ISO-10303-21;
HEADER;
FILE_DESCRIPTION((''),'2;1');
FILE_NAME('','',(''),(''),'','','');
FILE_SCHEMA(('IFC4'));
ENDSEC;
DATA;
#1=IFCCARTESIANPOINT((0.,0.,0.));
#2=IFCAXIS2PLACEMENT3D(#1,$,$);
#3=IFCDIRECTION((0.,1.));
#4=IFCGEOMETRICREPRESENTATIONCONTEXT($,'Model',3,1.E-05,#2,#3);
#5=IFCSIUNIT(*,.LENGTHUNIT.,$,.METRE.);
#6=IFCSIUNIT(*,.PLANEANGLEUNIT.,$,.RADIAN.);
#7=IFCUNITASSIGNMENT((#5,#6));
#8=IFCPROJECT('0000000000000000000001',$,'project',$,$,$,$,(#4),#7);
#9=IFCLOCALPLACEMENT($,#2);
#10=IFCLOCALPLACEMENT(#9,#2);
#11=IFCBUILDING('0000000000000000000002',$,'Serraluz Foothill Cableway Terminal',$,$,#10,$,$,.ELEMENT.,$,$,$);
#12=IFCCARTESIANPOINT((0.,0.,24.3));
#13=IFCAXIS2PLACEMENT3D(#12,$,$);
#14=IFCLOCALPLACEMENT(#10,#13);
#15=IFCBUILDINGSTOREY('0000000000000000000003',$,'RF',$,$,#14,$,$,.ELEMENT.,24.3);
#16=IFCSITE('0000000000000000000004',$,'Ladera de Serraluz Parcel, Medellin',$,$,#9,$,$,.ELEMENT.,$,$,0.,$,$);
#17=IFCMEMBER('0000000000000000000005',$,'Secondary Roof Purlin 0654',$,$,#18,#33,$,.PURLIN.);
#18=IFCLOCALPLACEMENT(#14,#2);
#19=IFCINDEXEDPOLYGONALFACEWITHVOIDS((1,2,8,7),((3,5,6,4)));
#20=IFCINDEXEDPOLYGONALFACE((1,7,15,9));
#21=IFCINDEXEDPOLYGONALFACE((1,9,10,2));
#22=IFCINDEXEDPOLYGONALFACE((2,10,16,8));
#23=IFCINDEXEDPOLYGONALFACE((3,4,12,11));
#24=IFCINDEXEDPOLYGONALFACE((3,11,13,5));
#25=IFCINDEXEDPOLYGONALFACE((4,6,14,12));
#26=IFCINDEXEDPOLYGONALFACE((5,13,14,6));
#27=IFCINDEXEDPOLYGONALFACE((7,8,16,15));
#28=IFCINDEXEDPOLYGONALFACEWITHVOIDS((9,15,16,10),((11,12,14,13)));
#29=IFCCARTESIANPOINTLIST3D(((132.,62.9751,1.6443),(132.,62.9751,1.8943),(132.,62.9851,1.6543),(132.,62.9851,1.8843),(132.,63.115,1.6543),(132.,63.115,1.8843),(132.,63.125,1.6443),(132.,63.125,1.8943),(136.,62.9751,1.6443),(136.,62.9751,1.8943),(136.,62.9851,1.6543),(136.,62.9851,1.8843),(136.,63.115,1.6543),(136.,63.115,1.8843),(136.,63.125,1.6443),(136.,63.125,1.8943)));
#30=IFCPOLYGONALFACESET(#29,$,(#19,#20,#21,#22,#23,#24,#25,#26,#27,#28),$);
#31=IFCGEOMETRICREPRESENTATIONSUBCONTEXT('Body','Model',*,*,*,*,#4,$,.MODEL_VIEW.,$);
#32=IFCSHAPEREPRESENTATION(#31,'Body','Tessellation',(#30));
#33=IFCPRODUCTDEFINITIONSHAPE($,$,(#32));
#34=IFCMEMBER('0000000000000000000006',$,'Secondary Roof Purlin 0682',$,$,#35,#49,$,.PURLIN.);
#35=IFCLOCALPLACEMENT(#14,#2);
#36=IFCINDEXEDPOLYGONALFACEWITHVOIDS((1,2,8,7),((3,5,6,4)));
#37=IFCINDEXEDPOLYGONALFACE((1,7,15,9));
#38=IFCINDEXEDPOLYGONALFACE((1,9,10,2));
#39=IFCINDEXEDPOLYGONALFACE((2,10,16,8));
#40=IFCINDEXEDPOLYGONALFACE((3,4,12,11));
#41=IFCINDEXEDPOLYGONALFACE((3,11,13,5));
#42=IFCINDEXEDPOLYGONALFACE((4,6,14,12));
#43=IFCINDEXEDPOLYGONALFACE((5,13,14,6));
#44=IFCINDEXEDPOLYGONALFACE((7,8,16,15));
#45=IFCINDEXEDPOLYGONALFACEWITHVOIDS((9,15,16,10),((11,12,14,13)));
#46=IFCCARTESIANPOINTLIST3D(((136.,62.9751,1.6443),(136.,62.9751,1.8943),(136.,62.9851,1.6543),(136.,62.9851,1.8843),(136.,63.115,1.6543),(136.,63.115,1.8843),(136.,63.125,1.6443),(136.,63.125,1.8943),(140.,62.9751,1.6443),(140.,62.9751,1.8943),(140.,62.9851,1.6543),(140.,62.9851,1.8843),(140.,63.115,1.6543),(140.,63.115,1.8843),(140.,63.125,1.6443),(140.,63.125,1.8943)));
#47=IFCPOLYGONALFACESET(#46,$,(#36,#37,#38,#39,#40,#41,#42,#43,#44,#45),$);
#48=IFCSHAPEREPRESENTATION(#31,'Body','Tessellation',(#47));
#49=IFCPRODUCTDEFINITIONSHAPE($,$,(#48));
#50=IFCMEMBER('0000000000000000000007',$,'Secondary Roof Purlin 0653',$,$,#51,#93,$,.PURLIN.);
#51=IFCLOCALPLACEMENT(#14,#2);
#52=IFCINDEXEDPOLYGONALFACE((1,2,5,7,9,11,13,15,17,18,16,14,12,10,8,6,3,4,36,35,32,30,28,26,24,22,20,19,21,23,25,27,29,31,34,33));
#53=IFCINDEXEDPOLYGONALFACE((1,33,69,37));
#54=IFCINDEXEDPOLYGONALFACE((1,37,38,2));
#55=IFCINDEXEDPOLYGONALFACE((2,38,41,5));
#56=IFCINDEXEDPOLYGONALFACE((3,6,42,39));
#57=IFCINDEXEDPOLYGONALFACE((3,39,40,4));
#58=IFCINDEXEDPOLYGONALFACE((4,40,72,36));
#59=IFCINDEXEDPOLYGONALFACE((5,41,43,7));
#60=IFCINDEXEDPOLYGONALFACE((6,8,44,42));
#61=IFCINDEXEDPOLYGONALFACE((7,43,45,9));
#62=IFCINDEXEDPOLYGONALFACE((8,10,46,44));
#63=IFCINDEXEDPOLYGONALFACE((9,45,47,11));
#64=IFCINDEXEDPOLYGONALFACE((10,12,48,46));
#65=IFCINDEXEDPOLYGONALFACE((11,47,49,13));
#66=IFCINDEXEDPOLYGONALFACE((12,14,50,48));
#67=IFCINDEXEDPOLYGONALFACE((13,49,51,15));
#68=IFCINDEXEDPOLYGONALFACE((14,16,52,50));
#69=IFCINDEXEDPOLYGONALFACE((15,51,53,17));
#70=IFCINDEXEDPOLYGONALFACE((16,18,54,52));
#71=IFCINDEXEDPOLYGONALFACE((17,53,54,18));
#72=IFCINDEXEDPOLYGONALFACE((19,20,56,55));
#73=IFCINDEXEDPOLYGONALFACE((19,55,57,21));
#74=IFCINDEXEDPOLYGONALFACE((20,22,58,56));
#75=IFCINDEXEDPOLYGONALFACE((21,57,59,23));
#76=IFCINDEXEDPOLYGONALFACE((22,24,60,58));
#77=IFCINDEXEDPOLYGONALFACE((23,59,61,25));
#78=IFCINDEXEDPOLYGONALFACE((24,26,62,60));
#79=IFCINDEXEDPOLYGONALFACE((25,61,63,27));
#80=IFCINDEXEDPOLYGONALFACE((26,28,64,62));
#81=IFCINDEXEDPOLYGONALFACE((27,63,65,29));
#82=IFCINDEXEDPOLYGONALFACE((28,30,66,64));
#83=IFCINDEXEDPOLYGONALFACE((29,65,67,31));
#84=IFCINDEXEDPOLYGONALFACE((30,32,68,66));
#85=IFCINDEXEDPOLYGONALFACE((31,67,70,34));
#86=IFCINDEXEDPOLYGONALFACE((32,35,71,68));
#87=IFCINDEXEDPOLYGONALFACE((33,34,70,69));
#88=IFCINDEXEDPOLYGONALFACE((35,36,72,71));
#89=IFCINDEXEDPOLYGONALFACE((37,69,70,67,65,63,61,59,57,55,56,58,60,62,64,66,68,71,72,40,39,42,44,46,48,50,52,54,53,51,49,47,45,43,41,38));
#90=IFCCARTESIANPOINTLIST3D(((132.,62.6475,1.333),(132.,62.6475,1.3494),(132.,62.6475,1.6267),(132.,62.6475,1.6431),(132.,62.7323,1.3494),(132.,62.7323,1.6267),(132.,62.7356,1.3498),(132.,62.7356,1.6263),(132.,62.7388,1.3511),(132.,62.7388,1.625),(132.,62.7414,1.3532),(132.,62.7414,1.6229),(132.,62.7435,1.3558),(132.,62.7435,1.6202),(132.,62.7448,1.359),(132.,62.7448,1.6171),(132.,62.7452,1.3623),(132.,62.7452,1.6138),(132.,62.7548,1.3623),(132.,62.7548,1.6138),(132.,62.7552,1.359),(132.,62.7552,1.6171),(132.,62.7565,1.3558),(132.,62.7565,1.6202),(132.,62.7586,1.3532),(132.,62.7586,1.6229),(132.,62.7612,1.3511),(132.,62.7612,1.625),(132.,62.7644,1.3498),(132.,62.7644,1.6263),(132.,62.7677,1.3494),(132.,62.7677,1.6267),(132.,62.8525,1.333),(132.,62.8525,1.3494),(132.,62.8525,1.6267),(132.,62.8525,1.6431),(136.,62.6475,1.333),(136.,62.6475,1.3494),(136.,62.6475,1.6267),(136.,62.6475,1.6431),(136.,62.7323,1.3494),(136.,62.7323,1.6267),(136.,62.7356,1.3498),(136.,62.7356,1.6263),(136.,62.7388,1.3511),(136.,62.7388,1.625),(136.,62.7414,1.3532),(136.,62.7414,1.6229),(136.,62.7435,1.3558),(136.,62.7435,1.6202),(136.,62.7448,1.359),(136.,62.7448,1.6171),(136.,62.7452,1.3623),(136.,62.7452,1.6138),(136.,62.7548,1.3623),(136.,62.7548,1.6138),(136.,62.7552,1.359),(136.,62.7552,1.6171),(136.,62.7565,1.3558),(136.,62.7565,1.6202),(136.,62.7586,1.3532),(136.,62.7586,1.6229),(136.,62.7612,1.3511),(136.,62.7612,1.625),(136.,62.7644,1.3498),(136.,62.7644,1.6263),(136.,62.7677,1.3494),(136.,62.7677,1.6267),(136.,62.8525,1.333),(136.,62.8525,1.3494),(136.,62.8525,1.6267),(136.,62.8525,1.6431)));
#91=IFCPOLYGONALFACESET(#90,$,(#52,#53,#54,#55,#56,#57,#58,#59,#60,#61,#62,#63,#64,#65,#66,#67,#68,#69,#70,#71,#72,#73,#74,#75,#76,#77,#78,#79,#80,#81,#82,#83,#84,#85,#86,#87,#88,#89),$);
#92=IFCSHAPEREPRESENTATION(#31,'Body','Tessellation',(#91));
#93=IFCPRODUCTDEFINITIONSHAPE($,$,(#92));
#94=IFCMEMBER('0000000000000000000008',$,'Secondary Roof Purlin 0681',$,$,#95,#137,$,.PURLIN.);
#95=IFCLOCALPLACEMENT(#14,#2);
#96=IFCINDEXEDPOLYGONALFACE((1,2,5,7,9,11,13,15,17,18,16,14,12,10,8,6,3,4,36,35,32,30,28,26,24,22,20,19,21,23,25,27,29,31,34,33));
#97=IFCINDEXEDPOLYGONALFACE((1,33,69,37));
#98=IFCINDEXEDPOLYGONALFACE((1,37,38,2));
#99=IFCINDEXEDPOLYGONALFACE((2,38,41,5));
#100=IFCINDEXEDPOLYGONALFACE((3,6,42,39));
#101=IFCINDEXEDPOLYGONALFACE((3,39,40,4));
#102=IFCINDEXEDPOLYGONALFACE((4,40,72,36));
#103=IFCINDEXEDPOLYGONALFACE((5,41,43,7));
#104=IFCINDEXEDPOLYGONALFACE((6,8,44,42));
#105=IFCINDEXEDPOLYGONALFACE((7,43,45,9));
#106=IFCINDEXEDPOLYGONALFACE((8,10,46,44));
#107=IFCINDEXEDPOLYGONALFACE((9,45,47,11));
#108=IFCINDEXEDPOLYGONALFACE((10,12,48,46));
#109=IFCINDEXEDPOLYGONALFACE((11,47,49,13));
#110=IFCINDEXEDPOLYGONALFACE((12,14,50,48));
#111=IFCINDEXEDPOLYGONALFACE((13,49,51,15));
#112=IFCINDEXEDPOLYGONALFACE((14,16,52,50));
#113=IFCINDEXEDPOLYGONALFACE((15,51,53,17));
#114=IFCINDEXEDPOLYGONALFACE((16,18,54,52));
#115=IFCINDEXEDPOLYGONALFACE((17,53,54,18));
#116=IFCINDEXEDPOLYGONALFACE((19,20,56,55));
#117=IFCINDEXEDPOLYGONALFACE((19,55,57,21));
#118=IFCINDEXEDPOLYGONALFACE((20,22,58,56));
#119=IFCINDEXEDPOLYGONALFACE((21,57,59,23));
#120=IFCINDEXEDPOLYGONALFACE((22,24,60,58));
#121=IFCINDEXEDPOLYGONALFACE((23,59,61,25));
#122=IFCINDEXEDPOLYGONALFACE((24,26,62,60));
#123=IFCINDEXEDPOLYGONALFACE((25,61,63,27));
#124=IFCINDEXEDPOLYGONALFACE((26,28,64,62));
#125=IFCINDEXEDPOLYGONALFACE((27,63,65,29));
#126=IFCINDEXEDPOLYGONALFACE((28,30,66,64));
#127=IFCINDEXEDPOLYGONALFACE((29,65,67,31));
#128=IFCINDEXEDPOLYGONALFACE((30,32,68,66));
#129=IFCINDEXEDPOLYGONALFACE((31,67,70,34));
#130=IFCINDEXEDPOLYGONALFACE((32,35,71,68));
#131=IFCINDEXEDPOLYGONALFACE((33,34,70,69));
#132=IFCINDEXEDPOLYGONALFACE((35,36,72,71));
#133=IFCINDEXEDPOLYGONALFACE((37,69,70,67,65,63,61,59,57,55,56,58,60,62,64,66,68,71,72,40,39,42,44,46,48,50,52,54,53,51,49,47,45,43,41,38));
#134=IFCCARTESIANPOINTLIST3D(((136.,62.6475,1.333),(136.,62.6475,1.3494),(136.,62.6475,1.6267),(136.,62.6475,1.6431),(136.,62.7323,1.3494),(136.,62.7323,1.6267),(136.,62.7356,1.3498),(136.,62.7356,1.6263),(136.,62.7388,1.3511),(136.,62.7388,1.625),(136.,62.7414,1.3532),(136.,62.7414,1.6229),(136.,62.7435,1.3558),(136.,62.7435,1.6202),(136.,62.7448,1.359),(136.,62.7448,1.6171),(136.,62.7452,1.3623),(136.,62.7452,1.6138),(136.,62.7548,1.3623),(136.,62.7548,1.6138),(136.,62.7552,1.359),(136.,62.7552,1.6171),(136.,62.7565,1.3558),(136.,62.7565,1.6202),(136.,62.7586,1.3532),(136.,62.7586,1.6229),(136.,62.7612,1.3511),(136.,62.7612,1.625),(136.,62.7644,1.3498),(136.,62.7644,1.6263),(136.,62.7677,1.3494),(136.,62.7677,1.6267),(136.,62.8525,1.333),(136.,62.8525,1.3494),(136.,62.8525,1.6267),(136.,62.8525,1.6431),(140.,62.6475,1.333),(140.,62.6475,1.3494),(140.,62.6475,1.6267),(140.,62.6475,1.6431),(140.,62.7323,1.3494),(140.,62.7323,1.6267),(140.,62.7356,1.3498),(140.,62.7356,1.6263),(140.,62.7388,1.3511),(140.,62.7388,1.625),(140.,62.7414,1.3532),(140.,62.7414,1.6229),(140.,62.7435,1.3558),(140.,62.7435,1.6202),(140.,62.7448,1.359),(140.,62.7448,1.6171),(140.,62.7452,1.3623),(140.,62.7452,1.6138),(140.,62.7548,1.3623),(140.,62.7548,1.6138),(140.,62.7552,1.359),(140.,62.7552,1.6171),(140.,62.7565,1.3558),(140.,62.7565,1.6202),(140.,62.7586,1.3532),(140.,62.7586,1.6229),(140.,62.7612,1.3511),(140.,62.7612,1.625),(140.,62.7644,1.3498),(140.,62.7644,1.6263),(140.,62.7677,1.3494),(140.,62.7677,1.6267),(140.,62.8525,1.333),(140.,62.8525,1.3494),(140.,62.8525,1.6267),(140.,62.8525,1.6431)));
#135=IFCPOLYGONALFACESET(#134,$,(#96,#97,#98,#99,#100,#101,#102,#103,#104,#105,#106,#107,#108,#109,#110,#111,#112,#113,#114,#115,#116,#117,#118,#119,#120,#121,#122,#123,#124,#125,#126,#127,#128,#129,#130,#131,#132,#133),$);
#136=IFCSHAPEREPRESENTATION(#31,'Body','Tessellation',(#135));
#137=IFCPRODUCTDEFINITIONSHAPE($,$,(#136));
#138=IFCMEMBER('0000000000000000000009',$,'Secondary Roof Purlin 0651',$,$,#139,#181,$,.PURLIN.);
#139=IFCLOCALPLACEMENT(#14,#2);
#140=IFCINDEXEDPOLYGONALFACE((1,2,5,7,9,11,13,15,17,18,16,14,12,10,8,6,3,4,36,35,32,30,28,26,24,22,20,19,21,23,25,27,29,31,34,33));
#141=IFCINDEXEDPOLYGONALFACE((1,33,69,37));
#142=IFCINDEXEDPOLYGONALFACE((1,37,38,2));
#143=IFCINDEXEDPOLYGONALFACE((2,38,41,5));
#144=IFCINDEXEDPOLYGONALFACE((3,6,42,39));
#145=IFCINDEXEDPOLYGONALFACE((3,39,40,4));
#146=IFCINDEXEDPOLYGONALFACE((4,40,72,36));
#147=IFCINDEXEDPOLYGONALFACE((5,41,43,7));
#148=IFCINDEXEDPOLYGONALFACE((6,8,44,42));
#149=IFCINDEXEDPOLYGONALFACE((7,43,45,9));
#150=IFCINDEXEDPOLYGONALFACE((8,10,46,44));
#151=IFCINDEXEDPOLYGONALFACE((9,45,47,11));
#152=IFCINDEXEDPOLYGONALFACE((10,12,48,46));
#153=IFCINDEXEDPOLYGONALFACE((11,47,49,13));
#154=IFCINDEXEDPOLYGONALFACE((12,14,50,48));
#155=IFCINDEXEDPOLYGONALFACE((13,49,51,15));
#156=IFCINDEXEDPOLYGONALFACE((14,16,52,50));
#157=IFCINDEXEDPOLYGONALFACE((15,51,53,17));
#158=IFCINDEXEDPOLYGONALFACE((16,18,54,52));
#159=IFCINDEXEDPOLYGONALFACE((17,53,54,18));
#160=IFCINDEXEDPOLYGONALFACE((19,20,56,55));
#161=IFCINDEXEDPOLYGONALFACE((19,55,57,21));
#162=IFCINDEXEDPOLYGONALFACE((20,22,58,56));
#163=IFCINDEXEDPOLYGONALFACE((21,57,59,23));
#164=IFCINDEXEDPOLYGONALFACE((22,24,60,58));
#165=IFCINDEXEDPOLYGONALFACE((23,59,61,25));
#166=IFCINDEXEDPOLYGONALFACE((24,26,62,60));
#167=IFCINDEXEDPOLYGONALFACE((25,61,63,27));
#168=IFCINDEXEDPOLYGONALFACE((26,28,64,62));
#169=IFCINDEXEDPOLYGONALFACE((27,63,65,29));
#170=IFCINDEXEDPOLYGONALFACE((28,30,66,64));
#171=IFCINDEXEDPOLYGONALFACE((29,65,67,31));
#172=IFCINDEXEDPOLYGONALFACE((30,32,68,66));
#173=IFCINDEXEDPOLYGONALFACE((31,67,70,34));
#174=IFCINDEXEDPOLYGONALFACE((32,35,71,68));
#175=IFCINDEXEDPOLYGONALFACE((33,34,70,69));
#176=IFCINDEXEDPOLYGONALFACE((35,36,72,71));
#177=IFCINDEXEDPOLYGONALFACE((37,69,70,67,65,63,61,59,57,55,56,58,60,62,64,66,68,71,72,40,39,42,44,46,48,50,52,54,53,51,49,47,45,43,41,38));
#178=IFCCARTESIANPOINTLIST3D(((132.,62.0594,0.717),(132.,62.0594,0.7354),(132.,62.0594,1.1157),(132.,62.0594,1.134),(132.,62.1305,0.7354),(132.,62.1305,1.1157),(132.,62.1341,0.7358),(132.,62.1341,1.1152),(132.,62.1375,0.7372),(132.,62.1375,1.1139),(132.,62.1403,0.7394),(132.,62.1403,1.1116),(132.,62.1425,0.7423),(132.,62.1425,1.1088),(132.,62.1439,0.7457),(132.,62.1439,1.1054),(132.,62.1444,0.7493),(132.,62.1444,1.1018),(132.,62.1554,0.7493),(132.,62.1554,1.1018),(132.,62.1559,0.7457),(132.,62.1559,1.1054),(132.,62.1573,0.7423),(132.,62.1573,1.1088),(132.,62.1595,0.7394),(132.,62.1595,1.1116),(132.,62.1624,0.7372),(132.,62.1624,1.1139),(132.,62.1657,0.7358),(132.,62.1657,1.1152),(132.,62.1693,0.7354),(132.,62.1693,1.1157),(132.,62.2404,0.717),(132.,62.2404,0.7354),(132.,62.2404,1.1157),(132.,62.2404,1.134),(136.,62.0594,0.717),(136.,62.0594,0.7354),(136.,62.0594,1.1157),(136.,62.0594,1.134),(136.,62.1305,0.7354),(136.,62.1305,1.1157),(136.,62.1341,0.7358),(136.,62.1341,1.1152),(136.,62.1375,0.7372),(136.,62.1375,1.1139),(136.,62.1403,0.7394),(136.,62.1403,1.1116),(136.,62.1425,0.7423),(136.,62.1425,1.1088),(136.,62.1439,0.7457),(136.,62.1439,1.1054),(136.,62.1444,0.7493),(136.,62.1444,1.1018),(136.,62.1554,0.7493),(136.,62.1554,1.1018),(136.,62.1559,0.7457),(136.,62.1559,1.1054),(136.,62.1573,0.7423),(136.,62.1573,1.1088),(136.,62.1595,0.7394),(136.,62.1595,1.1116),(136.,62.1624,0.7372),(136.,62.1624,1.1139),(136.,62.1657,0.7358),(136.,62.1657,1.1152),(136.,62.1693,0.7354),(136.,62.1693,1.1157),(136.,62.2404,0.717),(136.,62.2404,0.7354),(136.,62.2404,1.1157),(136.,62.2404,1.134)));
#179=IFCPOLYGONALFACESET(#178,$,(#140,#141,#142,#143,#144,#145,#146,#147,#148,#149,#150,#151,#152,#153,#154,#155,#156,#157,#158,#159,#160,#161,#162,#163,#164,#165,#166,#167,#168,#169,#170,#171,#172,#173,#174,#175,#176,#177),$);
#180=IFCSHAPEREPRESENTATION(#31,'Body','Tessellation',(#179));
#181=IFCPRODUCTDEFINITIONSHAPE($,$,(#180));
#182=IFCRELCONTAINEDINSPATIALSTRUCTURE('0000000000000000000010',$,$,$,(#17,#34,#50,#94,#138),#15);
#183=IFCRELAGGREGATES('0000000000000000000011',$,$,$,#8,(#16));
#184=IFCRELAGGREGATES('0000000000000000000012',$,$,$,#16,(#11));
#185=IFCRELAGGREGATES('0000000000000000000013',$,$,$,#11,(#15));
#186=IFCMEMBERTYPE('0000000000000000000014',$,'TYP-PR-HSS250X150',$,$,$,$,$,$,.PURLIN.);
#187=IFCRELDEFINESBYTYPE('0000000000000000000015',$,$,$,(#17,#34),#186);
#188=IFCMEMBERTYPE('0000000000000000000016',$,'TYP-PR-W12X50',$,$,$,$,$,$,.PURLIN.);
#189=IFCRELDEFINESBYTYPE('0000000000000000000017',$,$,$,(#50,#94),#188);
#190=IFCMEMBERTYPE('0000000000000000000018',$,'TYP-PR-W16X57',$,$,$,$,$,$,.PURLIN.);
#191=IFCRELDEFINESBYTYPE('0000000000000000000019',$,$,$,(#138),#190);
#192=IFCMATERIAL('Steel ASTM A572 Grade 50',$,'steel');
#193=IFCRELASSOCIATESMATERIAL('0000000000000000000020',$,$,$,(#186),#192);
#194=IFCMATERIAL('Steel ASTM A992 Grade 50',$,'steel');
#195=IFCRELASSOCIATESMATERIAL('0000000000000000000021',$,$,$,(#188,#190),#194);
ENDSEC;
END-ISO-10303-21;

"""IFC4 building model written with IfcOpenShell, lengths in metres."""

from ifc_helpers import new_model, si_unit, direction, frame, origin, origin_2d, place, context, subcontext, project, spatial, hollow_rectangle, i_section, extrude, material, material_profile, profile_set, type_object, element, save


model = new_model("IFC4")

# Units and contexts
model_context = context("Model", 3, precision=1e-05, world=origin(), true_north=direction((0.0, 1.0)))
body_context = subcontext(model_context, "Body", "Model", "MODEL_VIEW")
ifc_project = project(units=[si_unit("LENGTHUNIT", "METRE"), si_unit("PLANEANGLEUNIT", "RADIAN")], contexts=[model_context])

# Site, building, storey
site_placement = place(None, origin())
site = spatial("IfcSite", under=ifc_project, at=site_placement, Name="Ladera de Serraluz Parcel, Medellin", CompositionType="ELEMENT", RefElevation=0.0)
building_placement = place(site_placement, origin())
building = spatial("IfcBuilding", under=site, at=building_placement, Name="Serraluz Foothill Cableway Terminal", CompositionType="ELEMENT")
storey_placement = place(building_placement, frame((0.0, 0.0, 24.3)))
storey = spatial("IfcBuildingStorey", under=building, at=storey_placement, Name="RF", CompositionType="ELEMENT", Elevation=24.3)

# Members
ifc_material_1 = material(Name="Steel ASTM A572 Grade 50", Category="steel")
ifc_material_profile_1 = material_profile(ifc_material_1, hollow_rectangle(XDim=0.1499, YDim=0.25, WallThickness=0.01, at=origin_2d()), Name="HSS250X150X10")
ifc_profile_set_1 = profile_set([ifc_material_profile_1], Name="Steel ASTM A572 Grade 50")
member_type_1 = type_object("IfcMemberType", Name="TYP-PR-HSS250X150", PredefinedType="PURLIN", material=ifc_profile_set_1)
for number, where, z_axis, x_axis, name in (
    (1, (132.0, 63.05, 1.7693), (1.0, 0.0, 0.0), (0.0, 1.0, 0.0), "Secondary Roof Purlin 0654"),
    (2, (136.0, 63.05, 1.7693), (1.0, 0.0, 0.0), (0.0, 1.0, 0.0), "Secondary Roof Purlin 0682"),
):
    element("IfcMember", number, at=place(storey_placement, frame(where, z_axis=z_axis, x_axis=x_axis)), inside=storey, type_object=member_type_1, Name=name, PredefinedType="PURLIN", context=body_context, shape_type="SweptSolid", body=[
        extrude(hollow_rectangle(XDim=0.1499, YDim=0.25, WallThickness=0.01, at=origin_2d()), origin(), (0.0, 0.0, 1.0), 4.0),
    ])
ifc_material_2 = material(Name="Steel ASTM A992 Grade 50", Category="steel")
ifc_material_profile_2 = material_profile(ifc_material_2, i_section(OverallWidth=0.2051, OverallDepth=0.3101, WebThickness=0.0095, FlangeThickness=0.0164, FilletRadius=0.0129, at=origin_2d()), Name="W12X50")
ifc_profile_set_2 = profile_set([ifc_material_profile_2], Name="Steel ASTM A992 Grade 50")
member_type_2 = type_object("IfcMemberType", Name="TYP-PR-W12X50", PredefinedType="PURLIN", material=ifc_profile_set_2)
for number, where, z_axis, x_axis, name in (
    (3, (132.0, 62.75, 1.488), (1.0, 0.0, 0.0), (0.0, 1.0, 0.0), "Secondary Roof Purlin 0653"),
    (4, (136.0, 62.75, 1.488), (1.0, 0.0, 0.0), (0.0, 1.0, 0.0), "Secondary Roof Purlin 0681"),
):
    element("IfcMember", number, at=place(storey_placement, frame(where, z_axis=z_axis, x_axis=x_axis)), inside=storey, type_object=member_type_2, Name=name, PredefinedType="PURLIN", context=body_context, shape_type="SweptSolid", body=[
        extrude(i_section(OverallWidth=0.2051, OverallDepth=0.3101, WebThickness=0.0095, FlangeThickness=0.0164, FilletRadius=0.0129, at=origin_2d()), origin(), (0.0, 0.0, 1.0), 4.0),
    ])
ifc_material_profile_3 = material_profile(ifc_material_2, i_section(OverallWidth=0.1809, OverallDepth=0.417, WebThickness=0.011, FlangeThickness=0.0183, FilletRadius=0.0139, at=origin_2d()), Name="W16X57")
ifc_profile_set_3 = profile_set([ifc_material_profile_3], Name="Steel ASTM A992 Grade 50")
member_type_3 = type_object("IfcMemberType", Name="TYP-PR-W16X57", PredefinedType="PURLIN", material=ifc_profile_set_3)
for number, where, z_axis, x_axis, name in (
    (5, (132.0, 62.1499, 0.9255), (1.0, 0.0, 0.0), (0.0, 1.0, 0.0), "Secondary Roof Purlin 0651"),
):
    element("IfcMember", number, at=place(storey_placement, frame(where, z_axis=z_axis, x_axis=x_axis)), inside=storey, type_object=member_type_3, Name=name, PredefinedType="PURLIN", context=body_context, shape_type="SweptSolid", body=[
        extrude(i_section(OverallWidth=0.1809, OverallDepth=0.417, WebThickness=0.011, FlangeThickness=0.0183, FilletRadius=0.0139, at=origin_2d()), origin(), (0.0, 0.0, 1.0), 4.0),
    ])

save(model, "model.ifc")
